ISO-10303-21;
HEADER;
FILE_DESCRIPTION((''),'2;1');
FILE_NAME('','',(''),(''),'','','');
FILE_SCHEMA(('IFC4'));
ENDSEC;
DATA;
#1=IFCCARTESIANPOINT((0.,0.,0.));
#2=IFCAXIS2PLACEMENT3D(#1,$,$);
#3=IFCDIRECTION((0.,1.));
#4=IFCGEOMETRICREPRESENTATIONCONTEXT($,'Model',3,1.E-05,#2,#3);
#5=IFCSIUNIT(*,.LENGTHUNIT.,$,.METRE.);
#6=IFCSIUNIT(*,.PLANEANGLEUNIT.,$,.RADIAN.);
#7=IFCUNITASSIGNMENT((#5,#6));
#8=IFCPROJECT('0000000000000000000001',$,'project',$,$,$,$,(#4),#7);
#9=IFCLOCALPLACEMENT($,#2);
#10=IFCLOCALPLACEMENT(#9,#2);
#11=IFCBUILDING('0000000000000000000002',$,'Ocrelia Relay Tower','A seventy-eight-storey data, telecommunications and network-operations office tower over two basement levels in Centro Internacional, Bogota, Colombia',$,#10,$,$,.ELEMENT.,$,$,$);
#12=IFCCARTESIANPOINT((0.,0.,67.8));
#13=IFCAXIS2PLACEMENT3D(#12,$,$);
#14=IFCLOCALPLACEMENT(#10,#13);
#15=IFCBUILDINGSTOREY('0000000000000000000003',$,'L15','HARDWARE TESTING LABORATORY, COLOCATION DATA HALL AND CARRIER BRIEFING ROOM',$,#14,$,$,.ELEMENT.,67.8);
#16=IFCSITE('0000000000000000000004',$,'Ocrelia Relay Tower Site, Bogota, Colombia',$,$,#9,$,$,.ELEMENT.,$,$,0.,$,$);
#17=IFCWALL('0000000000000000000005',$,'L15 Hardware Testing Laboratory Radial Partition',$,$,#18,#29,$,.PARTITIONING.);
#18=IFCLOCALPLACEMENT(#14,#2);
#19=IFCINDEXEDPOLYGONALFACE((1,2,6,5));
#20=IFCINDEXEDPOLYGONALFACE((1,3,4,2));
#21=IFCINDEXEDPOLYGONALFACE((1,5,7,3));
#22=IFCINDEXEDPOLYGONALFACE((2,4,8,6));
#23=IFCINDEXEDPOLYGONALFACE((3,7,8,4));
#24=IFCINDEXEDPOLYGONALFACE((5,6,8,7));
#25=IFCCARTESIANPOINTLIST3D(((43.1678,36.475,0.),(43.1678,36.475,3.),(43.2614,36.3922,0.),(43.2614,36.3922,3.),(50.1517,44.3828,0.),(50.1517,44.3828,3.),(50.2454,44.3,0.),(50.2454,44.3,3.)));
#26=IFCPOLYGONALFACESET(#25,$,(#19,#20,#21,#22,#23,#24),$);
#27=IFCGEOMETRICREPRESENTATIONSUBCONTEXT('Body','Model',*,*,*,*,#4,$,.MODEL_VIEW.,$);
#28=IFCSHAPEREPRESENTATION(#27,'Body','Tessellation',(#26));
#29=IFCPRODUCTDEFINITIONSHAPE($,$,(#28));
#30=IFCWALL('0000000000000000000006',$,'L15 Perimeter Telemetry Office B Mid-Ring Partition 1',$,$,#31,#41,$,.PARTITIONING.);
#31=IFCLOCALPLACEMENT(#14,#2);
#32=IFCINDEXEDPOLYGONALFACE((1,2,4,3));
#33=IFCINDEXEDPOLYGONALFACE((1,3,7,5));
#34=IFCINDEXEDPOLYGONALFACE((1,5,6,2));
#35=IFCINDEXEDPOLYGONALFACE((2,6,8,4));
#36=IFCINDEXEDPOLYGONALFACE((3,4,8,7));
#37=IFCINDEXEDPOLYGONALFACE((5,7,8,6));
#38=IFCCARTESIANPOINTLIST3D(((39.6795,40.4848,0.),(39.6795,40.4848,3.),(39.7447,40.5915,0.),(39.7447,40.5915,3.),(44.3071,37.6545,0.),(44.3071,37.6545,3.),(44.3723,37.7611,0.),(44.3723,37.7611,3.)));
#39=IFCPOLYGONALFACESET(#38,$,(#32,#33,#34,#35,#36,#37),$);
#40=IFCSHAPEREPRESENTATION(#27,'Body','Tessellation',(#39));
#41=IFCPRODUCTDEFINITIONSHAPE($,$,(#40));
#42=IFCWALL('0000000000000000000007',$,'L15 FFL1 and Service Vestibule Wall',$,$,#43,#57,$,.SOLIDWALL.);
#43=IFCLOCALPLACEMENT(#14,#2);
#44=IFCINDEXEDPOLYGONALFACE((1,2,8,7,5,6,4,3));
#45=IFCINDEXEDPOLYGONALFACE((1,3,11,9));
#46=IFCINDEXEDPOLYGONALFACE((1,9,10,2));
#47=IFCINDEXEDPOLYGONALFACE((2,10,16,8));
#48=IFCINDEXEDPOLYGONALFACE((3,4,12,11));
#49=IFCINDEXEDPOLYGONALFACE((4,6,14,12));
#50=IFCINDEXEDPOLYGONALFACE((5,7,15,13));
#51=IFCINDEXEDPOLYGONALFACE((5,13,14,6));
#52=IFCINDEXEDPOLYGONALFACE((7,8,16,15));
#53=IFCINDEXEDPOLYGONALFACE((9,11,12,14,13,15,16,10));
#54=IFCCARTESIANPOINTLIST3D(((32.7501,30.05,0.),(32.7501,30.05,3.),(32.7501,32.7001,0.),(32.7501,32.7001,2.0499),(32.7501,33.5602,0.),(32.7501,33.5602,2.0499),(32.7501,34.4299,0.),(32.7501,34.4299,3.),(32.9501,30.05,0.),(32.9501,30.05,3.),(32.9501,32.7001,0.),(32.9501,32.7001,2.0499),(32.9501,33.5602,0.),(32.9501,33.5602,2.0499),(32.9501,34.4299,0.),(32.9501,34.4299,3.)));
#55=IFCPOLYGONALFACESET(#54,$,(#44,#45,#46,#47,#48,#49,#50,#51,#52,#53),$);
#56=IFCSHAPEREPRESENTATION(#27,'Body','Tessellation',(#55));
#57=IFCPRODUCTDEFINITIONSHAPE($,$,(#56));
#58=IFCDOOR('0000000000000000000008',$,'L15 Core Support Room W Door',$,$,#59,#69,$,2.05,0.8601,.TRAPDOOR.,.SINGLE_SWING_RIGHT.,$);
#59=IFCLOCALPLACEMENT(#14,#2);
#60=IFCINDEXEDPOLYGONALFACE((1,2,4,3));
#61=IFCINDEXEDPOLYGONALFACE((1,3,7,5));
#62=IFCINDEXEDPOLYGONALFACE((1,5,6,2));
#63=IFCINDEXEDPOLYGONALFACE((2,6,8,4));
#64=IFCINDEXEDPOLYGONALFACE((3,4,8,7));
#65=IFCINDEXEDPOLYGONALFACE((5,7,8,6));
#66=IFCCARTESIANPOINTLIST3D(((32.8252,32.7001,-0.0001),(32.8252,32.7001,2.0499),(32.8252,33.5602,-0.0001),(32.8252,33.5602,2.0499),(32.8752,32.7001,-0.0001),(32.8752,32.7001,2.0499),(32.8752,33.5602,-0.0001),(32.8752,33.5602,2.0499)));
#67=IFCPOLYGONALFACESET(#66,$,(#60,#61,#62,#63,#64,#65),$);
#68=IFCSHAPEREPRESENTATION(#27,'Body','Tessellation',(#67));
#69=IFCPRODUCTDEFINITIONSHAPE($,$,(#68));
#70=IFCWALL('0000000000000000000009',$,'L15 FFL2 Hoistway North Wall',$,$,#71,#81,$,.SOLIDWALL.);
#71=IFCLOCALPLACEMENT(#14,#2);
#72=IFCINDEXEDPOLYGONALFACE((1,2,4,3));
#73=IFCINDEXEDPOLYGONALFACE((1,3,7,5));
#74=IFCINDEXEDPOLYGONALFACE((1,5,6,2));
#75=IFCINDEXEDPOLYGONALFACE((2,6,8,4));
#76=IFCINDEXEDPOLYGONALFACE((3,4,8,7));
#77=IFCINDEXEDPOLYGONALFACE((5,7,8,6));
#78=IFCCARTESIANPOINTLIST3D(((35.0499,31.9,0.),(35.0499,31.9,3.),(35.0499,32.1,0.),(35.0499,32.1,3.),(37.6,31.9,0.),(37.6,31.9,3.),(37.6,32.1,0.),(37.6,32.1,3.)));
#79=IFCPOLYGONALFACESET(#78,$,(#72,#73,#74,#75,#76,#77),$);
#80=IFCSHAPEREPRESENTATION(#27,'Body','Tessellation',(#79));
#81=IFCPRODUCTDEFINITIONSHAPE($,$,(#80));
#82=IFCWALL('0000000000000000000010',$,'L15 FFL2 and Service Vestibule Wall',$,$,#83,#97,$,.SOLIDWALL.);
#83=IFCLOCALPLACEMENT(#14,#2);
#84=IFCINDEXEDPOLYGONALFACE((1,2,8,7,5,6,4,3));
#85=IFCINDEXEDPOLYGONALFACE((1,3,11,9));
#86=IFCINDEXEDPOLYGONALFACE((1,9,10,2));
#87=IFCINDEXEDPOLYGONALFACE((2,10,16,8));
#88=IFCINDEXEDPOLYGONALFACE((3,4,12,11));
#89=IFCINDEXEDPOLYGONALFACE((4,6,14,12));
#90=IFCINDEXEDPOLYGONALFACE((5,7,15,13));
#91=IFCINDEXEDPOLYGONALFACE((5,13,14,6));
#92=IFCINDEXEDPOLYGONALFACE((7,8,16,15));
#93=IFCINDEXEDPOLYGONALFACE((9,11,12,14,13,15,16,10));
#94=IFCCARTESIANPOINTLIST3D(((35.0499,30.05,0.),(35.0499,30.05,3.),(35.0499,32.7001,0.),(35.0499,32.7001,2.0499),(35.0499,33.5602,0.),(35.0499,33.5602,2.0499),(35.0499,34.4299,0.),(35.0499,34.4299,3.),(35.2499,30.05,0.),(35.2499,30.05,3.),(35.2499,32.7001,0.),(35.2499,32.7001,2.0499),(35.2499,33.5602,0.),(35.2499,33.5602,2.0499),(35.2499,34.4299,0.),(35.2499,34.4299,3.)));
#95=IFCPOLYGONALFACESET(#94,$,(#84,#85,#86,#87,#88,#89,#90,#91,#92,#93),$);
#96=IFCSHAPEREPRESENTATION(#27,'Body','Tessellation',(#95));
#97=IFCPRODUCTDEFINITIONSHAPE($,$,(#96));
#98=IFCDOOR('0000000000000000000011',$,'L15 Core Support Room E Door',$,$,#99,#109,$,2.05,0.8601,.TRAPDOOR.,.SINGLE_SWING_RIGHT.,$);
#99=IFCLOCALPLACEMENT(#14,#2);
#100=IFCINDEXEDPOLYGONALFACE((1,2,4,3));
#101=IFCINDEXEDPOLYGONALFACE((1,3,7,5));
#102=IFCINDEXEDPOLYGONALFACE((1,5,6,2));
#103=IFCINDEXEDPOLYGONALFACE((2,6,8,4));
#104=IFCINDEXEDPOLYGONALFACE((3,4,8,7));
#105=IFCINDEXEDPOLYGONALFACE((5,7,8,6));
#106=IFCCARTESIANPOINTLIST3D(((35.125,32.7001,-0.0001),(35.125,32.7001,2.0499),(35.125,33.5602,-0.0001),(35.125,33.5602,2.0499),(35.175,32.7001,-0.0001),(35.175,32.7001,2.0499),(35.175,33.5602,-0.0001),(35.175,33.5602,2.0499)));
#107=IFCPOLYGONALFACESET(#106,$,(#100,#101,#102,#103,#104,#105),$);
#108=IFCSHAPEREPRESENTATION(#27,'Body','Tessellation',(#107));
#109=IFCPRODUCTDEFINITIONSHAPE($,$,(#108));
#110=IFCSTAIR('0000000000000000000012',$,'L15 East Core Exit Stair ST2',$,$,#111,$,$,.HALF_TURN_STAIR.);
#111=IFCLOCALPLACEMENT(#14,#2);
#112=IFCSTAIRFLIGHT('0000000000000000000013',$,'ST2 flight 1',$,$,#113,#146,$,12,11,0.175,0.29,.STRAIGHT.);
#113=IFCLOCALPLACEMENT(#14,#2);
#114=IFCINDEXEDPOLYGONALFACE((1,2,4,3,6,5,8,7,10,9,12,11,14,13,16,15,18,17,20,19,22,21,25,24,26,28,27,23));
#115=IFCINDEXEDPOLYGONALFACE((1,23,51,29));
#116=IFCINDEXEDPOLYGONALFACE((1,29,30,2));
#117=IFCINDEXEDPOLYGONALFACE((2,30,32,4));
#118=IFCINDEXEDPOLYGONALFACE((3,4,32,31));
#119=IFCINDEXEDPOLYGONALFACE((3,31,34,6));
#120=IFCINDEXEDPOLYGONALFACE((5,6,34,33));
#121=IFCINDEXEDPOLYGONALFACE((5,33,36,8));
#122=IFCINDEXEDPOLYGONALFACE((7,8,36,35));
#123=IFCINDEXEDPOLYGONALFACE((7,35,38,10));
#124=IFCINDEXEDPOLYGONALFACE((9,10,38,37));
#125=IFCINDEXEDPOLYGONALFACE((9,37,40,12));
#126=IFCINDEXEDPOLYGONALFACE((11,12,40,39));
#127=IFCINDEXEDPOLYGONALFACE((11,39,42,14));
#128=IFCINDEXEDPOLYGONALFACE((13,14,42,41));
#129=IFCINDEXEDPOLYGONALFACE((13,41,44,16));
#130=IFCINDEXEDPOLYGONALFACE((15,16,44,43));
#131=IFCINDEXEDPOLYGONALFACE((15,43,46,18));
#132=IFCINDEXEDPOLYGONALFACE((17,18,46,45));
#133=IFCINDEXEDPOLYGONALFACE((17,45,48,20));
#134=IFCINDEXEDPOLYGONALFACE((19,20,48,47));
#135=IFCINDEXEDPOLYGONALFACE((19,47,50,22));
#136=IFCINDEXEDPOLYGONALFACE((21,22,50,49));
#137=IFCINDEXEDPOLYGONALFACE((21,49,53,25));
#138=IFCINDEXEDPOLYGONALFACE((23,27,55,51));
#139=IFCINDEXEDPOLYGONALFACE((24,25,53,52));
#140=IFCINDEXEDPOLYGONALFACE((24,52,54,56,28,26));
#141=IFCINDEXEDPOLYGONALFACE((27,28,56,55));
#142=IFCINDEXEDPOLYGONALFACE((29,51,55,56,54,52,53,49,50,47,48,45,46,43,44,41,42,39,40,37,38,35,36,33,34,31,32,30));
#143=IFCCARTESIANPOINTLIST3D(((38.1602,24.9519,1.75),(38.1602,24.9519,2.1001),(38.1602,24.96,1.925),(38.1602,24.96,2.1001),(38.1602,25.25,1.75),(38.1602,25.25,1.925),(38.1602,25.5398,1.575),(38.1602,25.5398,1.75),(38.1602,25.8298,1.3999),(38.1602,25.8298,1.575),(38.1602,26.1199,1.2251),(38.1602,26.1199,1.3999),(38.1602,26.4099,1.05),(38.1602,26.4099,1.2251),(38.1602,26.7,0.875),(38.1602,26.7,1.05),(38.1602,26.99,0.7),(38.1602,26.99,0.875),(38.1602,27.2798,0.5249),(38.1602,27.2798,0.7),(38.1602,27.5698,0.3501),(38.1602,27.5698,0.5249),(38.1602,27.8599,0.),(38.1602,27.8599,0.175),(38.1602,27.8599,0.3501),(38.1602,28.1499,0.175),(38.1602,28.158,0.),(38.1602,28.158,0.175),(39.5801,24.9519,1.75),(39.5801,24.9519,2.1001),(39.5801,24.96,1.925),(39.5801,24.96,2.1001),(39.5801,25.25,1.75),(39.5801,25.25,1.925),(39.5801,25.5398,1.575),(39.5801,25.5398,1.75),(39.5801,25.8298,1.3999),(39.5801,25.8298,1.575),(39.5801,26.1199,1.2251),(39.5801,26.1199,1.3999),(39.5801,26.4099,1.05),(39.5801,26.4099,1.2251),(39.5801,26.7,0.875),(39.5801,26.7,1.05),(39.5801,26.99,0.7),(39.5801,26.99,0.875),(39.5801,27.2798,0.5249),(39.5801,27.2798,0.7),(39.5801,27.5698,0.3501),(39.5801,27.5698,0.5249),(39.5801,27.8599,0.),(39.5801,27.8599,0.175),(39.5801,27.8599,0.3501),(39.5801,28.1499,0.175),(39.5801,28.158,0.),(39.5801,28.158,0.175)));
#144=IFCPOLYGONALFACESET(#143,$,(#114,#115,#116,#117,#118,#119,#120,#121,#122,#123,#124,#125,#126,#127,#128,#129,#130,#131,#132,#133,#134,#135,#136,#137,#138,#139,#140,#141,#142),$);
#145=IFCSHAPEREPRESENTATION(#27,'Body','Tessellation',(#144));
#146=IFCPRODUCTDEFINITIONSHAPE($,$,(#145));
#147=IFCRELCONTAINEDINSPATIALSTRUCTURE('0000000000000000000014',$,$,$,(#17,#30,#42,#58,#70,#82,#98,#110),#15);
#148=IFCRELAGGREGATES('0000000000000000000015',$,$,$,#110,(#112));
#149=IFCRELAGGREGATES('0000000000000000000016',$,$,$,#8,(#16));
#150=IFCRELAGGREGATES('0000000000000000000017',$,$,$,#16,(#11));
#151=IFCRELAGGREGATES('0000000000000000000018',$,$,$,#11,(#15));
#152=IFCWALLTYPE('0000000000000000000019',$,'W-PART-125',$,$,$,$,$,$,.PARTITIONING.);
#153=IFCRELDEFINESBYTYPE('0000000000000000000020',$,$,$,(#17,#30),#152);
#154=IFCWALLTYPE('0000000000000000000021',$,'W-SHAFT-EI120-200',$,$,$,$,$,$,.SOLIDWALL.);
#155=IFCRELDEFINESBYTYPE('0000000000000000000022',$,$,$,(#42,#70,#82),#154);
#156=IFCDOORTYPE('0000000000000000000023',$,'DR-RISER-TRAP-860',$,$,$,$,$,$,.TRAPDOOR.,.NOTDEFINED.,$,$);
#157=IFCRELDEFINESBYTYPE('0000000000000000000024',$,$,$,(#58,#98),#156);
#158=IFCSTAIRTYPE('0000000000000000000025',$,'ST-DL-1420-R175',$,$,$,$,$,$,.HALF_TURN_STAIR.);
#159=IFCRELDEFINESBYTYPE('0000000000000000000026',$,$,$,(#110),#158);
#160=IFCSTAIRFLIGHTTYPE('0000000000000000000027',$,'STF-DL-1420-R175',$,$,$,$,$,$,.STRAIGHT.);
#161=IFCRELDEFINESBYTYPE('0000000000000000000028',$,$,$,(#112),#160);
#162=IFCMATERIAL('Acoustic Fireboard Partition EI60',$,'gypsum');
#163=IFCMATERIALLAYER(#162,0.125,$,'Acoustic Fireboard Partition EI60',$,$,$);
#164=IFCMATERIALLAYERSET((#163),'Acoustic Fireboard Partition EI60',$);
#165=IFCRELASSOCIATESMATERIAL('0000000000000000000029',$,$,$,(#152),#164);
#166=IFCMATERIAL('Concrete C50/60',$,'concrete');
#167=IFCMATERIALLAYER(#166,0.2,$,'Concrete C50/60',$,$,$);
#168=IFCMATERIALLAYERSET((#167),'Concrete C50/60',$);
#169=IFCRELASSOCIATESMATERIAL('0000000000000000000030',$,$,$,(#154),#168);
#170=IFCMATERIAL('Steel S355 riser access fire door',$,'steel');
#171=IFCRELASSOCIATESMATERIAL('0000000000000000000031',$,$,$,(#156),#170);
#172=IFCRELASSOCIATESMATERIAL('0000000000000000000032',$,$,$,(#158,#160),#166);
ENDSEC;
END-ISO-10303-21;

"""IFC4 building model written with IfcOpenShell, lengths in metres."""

from ifc_helpers import new_model, si_unit, direction, frame, frame_2d, origin, place, context, subcontext, project, spatial, polyline, rectangle, outline, extrude, material, layer, layer_set, type_object, element, fill, aggregate, save


model = new_model("IFC4")

# Units and contexts
model_context = context("Model", 3, precision=1e-05, world=origin(), true_north=direction((0.0, 1.0)))
body_context = subcontext(model_context, "Body", "Model", "MODEL_VIEW")
ifc_project = project(units=[si_unit("LENGTHUNIT", "METRE"), si_unit("PLANEANGLEUNIT", "RADIAN")], contexts=[model_context])

# Site, building, storey
site_placement = place(None, origin())
site = spatial("IfcSite", under=ifc_project, at=site_placement, Name="Ocrelia Relay Tower Site, Bogota, Colombia", CompositionType="ELEMENT", RefElevation=0.0)
building_placement = place(site_placement, origin())
building = spatial("IfcBuilding", under=site, at=building_placement, Name="Ocrelia Relay Tower", Description="A seventy-eight-storey data, telecommunications and network-operations office tower over two basement levels in Centro Internacional, Bogota, Colombia", CompositionType="ELEMENT")
storey_placement = place(building_placement, frame((0.0, 0.0, 67.8)))
storey = spatial("IfcBuildingStorey", under=building, at=storey_placement, Name="L15", Description="HARDWARE TESTING LABORATORY, COLOCATION DATA HALL AND CARRIER BRIEFING ROOM", CompositionType="ELEMENT", Elevation=67.8)

# Shared definitions
ifc_material_1 = material(Name="Concrete C50/60", Category="concrete")

# Walls
ifc_material_2 = material(Name="Acoustic Fireboard Partition EI60", Category="gypsum")
ifc_layer_1 = layer(ifc_material_2, 0.125, Name="Acoustic Fireboard Partition EI60")
ifc_layer_set_1 = layer_set([ifc_layer_1], Name="Acoustic Fireboard Partition EI60")
wall_type_1 = type_object("IfcWallType", Name="W-PART-125", PredefinedType="PARTITIONING", material=ifc_layer_set_1)
wall_1_placement = place(storey_placement, frame((43.2146, 36.4336, 0.0), z_axis=(0.0, 0.0, 1.0), x_axis=(0.661968, 0.749533, 0.0)))
element("IfcWall", 1, at=wall_1_placement, inside=storey, type_object=wall_type_1, Name="L15 Hardware Testing Laboratory Radial Partition", PredefinedType="PARTITIONING", context=body_context, shape_type="SweptSolid", body=[
    extrude(rectangle(XDim=10.5503, YDim=0.125, at=frame_2d((5.2751, 0.0))), origin(), (0.0, 0.0, 1.0), 3.0),
])
wall_2_placement = place(storey_placement, frame((44.3398, 37.7078, 0.0), z_axis=(0.0, 0.0, 1.0), x_axis=(-0.853094, 0.521758, 0.0)))
element("IfcWall", 2, at=wall_2_placement, inside=storey, type_object=wall_type_1, Name="L15 Perimeter Telemetry Office B Mid-Ring Partition 1", PredefinedType="PARTITIONING", context=body_context, shape_type="SweptSolid", body=[
    extrude(rectangle(XDim=5.4246, YDim=0.125, at=frame_2d((2.7124, 0.0))), origin(), (0.0, 0.0, 1.0), 3.0),
])

# Wall, opening, door
ifc_layer_2 = layer(ifc_material_1, 0.2, Name="Concrete C50/60")
ifc_layer_set_2 = layer_set([ifc_layer_2], Name="Concrete C50/60")
wall_type_2 = type_object("IfcWallType", Name="W-SHAFT-EI120-200", PredefinedType="SOLIDWALL", material=ifc_layer_set_2)
wall_3_placement = place(storey_placement, frame((32.8501, 30.05, 0.0), z_axis=(0.0, 0.0, 1.0), x_axis=(0.0, 1.0, 0.0)))
wall_3 = element("IfcWall", 3, at=wall_3_placement, inside=storey, type_object=wall_type_2, Name="L15 FFL1 and Service Vestibule Wall", PredefinedType="SOLIDWALL", context=body_context, shape_type="SweptSolid", body=[
    extrude(rectangle(XDim=4.3799, YDim=0.2, at=frame_2d((2.1899, 0.0))), origin(), (0.0, 0.0, 1.0), 3.0),
])
opening_1_placement = place(wall_3_placement, frame((2.6499, 0.0, 0.0)))
opening_1 = element("IfcOpeningElement", 4, at=opening_1_placement, cuts=wall_3, PredefinedType="OPENING", context=body_context, shape_type="SweptSolid", body=[
    extrude(rectangle(XDim=0.8601, YDim=2.05, at=frame_2d((0.4302, 1.0249))), frame((0.0, 0.1099, 0.0), z_axis=(0.0, -1.0, 0.0), x_axis=(1.0, 0.0, 0.0)), (0.0, 0.0, 1.0), 0.22),
])
ifc_material_3 = material(Name="Steel S355 riser access fire door", Category="steel")
door_type_1 = type_object("IfcDoorType", Name="DR-RISER-TRAP-860", OperationType="NOTDEFINED", PredefinedType="TRAPDOOR", material=ifc_material_3)
door_1_placement = place(opening_1_placement, origin())
door_1 = element("IfcDoor", 5, at=door_1_placement, inside=storey, type_object=door_type_1, Name="L15 Core Support Room W Door", OperationType="SINGLE_SWING_RIGHT", OverallHeight=2.05, OverallWidth=0.8601, PredefinedType="TRAPDOOR", context=body_context, shape_type="SweptSolid", body=[
    extrude(rectangle(XDim=0.8601, YDim=2.05, at=frame_2d((0.4302, 1.0249))), frame((0.0, 0.0249, 0.0), z_axis=(0.0, -1.0, 0.0), x_axis=(1.0, 0.0, 0.0)), (0.0, 0.0, 1.0), 0.05),
])
fill(opening_1, door_1)

# Wall
wall_4_placement = place(storey_placement, frame((35.05, 32.0, 0.0), z_axis=(0.0, 0.0, 1.0), x_axis=(1.0, 0.0, 0.0)))
element("IfcWall", 6, at=wall_4_placement, inside=storey, type_object=wall_type_2, Name="L15 FFL2 Hoistway North Wall", PredefinedType="SOLIDWALL", context=body_context, shape_type="SweptSolid", body=[
    extrude(rectangle(XDim=2.55, YDim=0.2, at=frame_2d((1.2749, 0.0))), origin(), (0.0, 0.0, 1.0), 3.0),
])

# Wall, opening, door
wall_5_placement = place(storey_placement, frame((35.1499, 30.05, 0.0), z_axis=(0.0, 0.0, 1.0), x_axis=(0.0, 1.0, 0.0)))
wall_5 = element("IfcWall", 7, at=wall_5_placement, inside=storey, type_object=wall_type_2, Name="L15 FFL2 and Service Vestibule Wall", PredefinedType="SOLIDWALL", context=body_context, shape_type="SweptSolid", body=[
    extrude(rectangle(XDim=4.3799, YDim=0.2, at=frame_2d((2.1899, 0.0))), origin(), (0.0, 0.0, 1.0), 3.0),
])
opening_2_placement = place(wall_5_placement, frame((2.6499, 0.0, 0.0)))
opening_2 = element("IfcOpeningElement", 8, at=opening_2_placement, cuts=wall_5, PredefinedType="OPENING", context=body_context, shape_type="SweptSolid", body=[
    extrude(rectangle(XDim=0.8601, YDim=2.05, at=frame_2d((0.4302, 1.0249))), frame((0.0, 0.1099, 0.0), z_axis=(0.0, -1.0, 0.0), x_axis=(1.0, 0.0, 0.0)), (0.0, 0.0, 1.0), 0.22),
])
door_2_placement = place(opening_2_placement, origin())
door_2 = element("IfcDoor", 9, at=door_2_placement, inside=storey, type_object=door_type_1, Name="L15 Core Support Room E Door", OperationType="SINGLE_SWING_RIGHT", OverallHeight=2.05, OverallWidth=0.8601, PredefinedType="TRAPDOOR", context=body_context, shape_type="SweptSolid", body=[
    extrude(rectangle(XDim=0.8601, YDim=2.05, at=frame_2d((0.4302, 1.0249))), frame((0.0, 0.0249, 0.0), z_axis=(0.0, -1.0, 0.0), x_axis=(1.0, 0.0, 0.0)), (0.0, 0.0, 1.0), 0.05),
])
fill(opening_2, door_2)

# Stair, stair flight
stair_type = type_object("IfcStairType", Name="ST-DL-1420-R175", PredefinedType="HALF_TURN_STAIR", material=ifc_material_1)
stair_placement = place(storey_placement, origin())
stair = element("IfcStair", 10, at=stair_placement, inside=storey, type_object=stair_type, Name="L15 East Core Exit Stair ST2", PredefinedType="HALF_TURN_STAIR")
stair_flight_type = type_object("IfcStairFlightType", Name="STF-DL-1420-R175", PredefinedType="STRAIGHT", material=ifc_material_1)
stair_flight_placement = place(storey_placement, frame((38.8701, 28.1499, 0.0), z_axis=(0.0, 0.0, 1.0), x_axis=(0.0, -1.0, 0.0)))
stair_flight = element("IfcStairFlight", 11, at=stair_flight_placement, type_object=stair_flight_type, Name="ST2 flight 1", NumberOfRisers=12, NumberOfTreads=11, PredefinedType="STRAIGHT", RiserHeight=0.175, TreadLength=0.29, context=body_context, shape_type="SweptSolid", body=[
    extrude(outline(polyline([(-0.0081, 0.0), (-0.0081, 0.175), (0.0, 0.175), (0.29, 0.175), (0.29, 0.3501), (0.5801, 0.3501), (0.5801, 0.5249), (0.8701, 0.5249), (0.8701, 0.7), (1.1599, 0.7), (1.1599, 0.875), (1.45, 0.875), (1.45, 1.05), (1.74, 1.05), (1.74, 1.2251), (2.03, 1.2251), (2.03, 1.3999), (2.3201, 1.3999), (2.3201, 1.575), (2.6101, 1.575), (2.6101, 1.75), (2.8999, 1.75), (2.8999, 1.925), (3.1899, 1.925), (3.1899, 2.1001), (3.198, 2.1001), (3.198, 1.75), (0.29, 0.0), (-0.0081, 0.0)])), frame((0.0, 0.71, 0.0), z_axis=(0.0, -1.0, 0.0), x_axis=(1.0, 0.0, 0.0)), (0.0, 0.0, 1.0), 1.4199),
])
aggregate(stair, [stair_flight])

save(model, "model.ifc")
